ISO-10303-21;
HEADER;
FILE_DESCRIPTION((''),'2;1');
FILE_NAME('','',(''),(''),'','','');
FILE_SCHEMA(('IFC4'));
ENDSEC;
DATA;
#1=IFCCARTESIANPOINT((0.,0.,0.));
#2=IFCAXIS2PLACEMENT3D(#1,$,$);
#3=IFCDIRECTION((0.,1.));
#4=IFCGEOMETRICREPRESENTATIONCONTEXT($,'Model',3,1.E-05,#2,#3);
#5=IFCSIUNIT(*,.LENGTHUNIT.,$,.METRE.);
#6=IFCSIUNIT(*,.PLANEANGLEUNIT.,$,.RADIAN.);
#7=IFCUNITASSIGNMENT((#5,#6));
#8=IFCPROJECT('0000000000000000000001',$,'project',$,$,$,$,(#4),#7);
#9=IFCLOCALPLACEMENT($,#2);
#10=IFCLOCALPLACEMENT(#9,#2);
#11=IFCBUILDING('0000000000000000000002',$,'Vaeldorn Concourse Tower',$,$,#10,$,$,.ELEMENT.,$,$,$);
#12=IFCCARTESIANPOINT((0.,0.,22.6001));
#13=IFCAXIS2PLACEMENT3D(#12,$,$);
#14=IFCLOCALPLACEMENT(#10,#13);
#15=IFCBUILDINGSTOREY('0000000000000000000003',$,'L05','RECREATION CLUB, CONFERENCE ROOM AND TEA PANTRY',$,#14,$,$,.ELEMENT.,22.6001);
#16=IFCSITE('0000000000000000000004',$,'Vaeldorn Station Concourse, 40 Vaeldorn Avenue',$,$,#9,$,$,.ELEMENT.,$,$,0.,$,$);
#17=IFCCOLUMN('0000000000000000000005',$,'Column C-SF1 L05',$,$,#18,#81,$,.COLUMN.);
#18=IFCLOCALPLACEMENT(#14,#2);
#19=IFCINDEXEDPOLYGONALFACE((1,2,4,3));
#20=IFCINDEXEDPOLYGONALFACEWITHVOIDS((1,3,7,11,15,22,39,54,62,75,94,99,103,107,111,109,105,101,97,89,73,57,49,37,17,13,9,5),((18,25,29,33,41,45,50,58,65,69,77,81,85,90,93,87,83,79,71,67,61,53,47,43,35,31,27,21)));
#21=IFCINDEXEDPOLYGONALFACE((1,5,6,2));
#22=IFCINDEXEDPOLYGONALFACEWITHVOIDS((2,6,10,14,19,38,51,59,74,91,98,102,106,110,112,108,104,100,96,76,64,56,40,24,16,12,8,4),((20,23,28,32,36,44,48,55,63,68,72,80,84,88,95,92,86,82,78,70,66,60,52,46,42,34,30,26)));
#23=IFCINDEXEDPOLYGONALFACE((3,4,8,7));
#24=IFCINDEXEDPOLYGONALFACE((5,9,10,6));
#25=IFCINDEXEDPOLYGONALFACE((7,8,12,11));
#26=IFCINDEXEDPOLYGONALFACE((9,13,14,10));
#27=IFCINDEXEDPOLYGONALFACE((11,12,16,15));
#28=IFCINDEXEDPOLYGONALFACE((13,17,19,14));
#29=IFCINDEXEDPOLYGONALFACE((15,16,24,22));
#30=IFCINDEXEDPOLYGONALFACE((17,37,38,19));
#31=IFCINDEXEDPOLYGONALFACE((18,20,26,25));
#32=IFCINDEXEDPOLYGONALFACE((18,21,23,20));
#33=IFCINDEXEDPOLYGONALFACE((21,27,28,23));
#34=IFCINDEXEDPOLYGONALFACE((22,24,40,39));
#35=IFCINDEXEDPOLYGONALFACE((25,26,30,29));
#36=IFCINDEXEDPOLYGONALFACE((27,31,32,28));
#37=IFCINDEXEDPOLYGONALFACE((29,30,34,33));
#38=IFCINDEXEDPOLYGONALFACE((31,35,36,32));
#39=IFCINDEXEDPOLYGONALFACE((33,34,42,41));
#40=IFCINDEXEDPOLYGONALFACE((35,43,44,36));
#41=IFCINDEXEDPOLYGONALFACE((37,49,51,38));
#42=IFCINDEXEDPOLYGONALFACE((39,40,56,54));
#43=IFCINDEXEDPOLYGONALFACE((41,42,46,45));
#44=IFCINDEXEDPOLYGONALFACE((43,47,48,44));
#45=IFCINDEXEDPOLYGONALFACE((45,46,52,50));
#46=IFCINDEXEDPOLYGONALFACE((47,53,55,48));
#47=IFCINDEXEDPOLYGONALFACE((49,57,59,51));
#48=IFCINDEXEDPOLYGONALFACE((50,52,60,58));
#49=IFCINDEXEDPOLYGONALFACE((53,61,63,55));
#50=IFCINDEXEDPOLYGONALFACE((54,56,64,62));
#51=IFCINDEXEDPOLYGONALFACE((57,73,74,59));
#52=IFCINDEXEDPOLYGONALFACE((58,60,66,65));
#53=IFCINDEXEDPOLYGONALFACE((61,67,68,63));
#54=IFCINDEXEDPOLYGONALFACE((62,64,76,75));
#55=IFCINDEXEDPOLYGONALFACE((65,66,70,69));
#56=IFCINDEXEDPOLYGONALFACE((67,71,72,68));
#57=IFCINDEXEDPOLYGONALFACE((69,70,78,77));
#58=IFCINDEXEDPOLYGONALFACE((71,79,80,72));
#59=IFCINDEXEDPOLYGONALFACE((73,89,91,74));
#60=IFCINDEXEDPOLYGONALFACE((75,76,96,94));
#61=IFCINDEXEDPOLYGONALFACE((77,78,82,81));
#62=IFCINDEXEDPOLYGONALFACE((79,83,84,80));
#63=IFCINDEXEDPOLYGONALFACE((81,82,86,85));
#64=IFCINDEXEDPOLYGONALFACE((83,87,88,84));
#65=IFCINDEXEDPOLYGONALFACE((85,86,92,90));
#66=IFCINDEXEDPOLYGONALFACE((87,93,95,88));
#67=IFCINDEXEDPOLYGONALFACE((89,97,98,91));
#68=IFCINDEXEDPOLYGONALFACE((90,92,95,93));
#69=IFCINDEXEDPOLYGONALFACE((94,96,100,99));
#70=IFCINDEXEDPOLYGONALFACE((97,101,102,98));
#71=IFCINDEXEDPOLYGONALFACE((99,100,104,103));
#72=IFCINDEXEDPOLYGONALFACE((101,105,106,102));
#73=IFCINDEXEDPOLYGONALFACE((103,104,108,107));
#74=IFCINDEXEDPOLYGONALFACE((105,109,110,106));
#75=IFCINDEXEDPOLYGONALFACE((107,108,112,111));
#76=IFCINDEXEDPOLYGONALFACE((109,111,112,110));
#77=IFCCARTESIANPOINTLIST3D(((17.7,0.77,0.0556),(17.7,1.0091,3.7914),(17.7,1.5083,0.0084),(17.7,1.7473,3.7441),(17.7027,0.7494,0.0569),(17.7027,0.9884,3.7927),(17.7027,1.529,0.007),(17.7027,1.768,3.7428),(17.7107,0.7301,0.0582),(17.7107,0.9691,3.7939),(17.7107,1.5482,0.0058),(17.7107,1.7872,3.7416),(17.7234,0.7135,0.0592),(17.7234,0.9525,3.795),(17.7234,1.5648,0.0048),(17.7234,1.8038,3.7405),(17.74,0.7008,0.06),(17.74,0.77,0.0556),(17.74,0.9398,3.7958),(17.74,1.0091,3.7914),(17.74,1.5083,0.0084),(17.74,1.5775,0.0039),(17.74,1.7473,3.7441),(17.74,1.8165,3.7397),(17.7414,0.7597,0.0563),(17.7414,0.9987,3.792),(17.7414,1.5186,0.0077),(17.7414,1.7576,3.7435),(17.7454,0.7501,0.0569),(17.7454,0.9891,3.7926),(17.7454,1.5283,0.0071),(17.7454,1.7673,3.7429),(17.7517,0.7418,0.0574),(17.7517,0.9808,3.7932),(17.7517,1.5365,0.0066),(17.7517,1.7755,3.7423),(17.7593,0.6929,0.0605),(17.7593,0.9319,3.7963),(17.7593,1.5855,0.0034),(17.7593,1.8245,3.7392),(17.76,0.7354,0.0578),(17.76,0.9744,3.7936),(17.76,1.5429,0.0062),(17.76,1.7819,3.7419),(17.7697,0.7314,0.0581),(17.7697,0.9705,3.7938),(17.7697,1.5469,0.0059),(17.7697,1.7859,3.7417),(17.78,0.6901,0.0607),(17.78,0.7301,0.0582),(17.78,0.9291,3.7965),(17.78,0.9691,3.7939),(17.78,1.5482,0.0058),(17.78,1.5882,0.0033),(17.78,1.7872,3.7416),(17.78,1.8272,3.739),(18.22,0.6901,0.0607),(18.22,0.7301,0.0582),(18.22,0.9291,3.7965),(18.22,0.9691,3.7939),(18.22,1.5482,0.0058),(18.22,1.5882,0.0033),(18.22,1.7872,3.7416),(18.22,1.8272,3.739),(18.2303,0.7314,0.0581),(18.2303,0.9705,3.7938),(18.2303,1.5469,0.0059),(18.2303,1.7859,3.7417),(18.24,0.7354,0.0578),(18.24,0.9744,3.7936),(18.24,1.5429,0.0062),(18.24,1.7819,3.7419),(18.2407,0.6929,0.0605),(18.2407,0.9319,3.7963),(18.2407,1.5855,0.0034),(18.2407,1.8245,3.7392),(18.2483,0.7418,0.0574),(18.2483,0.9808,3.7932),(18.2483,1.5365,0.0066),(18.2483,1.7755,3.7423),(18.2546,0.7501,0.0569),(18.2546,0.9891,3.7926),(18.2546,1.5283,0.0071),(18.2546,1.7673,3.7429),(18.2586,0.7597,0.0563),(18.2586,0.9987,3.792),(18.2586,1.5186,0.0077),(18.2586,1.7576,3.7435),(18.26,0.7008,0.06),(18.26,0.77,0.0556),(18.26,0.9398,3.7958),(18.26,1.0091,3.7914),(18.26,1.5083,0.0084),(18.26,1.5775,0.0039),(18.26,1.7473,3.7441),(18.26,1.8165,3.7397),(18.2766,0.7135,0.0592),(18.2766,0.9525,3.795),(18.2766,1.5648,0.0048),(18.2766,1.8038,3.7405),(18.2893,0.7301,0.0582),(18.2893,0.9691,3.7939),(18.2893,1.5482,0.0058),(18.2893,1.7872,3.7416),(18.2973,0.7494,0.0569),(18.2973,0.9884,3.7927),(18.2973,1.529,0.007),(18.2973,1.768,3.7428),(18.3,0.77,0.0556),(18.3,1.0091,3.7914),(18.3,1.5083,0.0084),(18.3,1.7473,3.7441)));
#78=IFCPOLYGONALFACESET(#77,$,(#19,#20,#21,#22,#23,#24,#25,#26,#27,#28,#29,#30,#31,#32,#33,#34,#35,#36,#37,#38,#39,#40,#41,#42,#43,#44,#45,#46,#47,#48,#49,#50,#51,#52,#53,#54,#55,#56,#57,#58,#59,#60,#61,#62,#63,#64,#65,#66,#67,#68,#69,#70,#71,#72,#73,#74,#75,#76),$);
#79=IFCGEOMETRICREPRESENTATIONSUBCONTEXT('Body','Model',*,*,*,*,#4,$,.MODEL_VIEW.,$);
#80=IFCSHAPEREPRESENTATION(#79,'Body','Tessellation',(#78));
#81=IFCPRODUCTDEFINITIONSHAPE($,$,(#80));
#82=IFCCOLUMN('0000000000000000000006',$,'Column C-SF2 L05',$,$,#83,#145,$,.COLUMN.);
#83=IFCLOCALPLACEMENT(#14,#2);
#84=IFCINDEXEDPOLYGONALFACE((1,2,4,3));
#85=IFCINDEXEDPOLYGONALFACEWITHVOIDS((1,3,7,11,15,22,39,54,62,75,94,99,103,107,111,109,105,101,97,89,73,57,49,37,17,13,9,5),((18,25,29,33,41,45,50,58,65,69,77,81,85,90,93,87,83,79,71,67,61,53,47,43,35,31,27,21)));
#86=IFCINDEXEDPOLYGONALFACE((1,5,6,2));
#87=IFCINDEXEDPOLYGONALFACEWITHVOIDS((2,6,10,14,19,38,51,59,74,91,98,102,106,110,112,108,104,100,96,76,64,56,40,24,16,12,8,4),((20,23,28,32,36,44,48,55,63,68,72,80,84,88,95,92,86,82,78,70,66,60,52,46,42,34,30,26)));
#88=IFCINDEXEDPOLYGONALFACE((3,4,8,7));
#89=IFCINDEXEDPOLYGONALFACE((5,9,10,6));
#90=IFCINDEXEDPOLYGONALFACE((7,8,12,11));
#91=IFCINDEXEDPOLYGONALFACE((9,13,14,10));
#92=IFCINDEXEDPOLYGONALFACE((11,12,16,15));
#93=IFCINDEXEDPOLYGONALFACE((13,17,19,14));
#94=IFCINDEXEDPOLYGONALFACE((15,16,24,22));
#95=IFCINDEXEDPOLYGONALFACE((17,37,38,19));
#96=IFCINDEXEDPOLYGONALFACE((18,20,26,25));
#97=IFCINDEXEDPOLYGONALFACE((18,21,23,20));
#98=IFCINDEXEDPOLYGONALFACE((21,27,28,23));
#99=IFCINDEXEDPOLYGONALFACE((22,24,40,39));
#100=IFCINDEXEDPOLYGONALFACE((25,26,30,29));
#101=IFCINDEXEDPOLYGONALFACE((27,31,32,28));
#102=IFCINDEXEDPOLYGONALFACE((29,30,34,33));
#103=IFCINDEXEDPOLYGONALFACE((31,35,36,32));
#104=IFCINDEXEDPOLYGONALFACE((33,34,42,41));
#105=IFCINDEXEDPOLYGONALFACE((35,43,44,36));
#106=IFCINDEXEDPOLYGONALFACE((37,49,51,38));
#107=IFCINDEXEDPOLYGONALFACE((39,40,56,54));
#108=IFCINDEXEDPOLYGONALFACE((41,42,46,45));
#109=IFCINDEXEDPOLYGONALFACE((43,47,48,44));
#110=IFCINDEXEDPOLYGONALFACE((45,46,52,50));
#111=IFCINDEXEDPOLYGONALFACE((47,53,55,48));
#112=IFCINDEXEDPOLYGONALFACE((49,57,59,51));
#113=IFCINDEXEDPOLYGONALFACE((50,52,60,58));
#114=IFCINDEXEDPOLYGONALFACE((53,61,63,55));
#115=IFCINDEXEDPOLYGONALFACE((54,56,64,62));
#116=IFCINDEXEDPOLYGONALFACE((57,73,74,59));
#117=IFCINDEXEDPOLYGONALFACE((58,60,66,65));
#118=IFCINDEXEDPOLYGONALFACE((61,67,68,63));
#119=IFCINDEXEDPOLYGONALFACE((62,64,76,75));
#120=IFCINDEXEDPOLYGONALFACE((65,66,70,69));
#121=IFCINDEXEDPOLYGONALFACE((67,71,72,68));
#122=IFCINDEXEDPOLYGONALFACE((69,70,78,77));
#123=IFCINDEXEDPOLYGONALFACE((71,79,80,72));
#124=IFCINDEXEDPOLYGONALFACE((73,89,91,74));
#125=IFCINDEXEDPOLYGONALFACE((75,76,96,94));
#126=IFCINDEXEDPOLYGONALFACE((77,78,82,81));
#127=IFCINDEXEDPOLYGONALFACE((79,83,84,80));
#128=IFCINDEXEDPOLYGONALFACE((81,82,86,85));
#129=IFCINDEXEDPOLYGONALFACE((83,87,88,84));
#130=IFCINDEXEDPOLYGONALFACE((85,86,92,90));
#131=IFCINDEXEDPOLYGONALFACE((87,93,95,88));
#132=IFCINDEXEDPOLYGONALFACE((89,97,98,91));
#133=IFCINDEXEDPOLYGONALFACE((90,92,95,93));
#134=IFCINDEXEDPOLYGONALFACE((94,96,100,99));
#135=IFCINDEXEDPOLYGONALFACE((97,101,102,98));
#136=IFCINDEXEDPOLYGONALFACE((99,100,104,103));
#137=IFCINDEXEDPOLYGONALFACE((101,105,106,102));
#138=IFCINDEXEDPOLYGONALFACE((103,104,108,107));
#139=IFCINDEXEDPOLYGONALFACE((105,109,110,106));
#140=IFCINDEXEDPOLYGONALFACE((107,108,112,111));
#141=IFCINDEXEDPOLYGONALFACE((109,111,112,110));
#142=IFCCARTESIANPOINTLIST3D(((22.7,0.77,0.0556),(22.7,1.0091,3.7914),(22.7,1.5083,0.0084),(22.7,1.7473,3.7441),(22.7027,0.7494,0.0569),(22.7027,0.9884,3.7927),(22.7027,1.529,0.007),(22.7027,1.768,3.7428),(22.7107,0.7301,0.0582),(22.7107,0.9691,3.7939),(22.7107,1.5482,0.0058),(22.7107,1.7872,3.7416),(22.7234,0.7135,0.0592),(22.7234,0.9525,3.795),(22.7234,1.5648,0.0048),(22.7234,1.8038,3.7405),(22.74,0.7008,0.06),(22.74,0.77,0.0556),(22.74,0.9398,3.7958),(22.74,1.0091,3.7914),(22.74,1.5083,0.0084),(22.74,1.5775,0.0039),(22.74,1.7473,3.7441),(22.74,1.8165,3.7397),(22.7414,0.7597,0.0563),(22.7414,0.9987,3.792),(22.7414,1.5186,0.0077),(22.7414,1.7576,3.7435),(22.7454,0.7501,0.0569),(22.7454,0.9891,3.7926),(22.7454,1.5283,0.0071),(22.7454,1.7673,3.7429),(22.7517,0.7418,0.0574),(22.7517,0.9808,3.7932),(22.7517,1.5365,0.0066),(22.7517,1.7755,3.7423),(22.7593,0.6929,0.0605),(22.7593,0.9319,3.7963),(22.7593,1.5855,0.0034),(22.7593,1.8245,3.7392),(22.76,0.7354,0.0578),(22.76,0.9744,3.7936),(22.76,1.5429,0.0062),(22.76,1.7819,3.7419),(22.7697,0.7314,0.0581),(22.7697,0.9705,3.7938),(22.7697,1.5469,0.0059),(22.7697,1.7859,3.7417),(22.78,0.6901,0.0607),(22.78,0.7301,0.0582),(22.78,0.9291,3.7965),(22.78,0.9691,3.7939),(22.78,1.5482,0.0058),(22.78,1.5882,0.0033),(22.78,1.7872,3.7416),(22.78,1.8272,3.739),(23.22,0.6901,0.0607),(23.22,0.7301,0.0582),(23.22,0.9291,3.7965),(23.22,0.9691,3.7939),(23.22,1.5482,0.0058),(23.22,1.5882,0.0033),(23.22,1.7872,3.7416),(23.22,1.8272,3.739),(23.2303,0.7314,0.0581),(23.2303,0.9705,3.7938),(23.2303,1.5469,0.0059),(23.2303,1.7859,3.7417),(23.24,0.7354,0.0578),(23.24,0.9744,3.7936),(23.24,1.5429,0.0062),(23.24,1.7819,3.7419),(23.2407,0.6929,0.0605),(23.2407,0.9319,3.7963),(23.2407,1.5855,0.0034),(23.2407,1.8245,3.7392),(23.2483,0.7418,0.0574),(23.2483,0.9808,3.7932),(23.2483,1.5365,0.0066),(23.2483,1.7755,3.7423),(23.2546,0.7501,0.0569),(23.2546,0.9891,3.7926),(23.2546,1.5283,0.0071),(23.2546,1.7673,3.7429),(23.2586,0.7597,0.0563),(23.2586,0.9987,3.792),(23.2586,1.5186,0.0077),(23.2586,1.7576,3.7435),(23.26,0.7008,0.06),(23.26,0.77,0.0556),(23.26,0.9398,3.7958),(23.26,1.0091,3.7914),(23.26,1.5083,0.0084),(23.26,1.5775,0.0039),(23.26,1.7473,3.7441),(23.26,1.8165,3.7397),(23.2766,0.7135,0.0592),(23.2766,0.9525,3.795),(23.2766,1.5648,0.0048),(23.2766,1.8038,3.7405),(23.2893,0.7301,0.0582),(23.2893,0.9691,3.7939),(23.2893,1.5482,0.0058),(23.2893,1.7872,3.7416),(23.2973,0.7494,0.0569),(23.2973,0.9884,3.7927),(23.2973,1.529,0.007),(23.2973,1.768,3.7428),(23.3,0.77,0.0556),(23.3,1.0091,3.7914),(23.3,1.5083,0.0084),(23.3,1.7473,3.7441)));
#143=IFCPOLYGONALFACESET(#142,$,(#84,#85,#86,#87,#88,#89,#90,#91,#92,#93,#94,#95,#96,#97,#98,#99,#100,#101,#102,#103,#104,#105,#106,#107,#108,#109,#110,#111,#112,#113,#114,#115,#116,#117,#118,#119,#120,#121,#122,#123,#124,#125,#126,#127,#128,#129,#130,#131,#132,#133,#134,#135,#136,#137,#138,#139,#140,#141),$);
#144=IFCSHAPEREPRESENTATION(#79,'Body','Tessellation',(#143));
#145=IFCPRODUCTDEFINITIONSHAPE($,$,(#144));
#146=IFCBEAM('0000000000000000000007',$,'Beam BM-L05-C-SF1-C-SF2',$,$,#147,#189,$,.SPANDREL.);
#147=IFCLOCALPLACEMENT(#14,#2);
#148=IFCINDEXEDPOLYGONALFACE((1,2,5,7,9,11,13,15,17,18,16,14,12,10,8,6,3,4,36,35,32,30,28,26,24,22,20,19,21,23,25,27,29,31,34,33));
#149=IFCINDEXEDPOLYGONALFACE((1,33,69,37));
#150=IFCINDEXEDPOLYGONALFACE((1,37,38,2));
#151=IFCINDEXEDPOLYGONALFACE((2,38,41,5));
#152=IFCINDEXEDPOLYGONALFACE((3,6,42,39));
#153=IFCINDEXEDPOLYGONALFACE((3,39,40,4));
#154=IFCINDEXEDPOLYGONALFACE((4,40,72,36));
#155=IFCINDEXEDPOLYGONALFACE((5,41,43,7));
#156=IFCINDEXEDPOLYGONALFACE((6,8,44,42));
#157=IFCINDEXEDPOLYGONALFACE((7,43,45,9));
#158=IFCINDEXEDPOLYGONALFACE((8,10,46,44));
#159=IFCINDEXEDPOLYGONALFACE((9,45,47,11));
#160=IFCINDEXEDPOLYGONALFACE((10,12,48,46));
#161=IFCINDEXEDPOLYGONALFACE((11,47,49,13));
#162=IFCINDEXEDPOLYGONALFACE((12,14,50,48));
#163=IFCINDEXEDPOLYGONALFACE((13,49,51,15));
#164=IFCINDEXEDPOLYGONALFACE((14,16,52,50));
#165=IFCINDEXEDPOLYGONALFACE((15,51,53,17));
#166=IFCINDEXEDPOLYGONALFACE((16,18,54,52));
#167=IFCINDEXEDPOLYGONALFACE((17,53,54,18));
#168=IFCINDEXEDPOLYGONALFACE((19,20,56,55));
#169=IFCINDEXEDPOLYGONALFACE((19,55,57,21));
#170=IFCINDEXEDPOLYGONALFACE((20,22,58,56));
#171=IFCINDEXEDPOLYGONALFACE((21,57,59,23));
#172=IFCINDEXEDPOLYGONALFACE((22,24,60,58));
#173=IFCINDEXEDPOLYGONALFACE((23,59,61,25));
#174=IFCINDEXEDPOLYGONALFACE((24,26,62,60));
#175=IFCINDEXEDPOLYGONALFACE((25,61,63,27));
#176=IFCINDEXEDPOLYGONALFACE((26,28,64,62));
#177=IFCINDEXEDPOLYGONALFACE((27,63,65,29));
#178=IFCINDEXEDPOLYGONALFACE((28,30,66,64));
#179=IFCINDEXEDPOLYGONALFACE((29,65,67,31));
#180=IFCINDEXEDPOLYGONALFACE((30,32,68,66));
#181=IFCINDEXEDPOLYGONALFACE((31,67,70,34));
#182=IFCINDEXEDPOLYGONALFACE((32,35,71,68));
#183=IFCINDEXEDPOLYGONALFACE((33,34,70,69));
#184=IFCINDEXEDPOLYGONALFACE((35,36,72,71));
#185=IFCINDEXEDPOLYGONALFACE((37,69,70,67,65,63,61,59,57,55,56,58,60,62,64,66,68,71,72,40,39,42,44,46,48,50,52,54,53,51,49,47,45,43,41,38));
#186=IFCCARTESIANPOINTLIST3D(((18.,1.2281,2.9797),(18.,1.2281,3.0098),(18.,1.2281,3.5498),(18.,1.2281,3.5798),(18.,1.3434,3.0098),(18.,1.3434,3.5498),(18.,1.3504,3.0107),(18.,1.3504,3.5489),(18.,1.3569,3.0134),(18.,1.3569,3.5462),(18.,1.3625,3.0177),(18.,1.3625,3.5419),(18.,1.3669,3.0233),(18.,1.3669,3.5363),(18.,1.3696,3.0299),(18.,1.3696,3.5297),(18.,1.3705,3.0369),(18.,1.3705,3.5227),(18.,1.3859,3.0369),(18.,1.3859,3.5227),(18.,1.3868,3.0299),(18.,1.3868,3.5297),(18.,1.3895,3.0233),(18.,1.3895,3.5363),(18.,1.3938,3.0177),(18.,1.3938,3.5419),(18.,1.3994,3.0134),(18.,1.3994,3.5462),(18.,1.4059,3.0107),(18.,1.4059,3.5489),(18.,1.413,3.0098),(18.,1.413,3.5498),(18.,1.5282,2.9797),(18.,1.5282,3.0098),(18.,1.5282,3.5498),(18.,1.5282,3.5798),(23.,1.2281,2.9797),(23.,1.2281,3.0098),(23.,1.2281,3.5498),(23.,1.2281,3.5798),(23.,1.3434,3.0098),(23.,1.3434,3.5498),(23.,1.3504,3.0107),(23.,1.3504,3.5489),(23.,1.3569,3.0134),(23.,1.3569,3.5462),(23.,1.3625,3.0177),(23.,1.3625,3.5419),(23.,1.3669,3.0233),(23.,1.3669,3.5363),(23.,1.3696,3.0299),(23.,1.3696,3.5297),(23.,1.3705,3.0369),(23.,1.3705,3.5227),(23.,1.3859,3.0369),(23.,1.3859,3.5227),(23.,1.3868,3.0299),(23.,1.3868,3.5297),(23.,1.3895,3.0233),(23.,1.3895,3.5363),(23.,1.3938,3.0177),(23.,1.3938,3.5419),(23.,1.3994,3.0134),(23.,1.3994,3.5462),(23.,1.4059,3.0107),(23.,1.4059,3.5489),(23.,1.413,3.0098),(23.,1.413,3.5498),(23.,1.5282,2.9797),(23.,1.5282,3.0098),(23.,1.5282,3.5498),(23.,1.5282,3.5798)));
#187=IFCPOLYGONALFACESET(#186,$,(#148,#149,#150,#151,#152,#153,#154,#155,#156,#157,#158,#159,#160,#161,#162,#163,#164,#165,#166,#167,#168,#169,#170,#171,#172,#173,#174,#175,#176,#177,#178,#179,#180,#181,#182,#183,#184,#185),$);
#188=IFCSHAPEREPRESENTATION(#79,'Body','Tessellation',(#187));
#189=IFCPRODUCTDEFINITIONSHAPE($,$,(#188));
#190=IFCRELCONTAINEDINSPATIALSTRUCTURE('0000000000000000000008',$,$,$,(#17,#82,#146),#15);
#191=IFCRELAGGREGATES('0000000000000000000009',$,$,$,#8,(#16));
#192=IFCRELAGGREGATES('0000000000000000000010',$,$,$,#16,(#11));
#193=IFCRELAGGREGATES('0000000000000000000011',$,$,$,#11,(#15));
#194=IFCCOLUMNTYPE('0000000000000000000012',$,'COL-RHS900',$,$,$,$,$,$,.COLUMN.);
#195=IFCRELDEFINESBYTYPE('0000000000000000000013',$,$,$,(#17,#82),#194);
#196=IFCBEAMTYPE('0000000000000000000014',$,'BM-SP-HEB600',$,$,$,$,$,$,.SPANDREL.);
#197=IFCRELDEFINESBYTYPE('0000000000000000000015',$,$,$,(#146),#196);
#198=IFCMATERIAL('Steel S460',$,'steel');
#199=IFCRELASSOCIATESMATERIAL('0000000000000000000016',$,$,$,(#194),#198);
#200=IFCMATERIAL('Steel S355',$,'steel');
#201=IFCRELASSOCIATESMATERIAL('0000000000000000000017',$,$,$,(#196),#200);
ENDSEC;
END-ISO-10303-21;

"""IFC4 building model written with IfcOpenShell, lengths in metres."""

from ifc_helpers import new_model, si_unit, direction, frame, origin, origin_2d, place, context, subcontext, project, spatial, hollow_rectangle, i_section, extrude, source, transform, mapped, material, material_profile, profile_set, type_object, element, save


model = new_model("IFC4")

# Units and contexts
model_context = context("Model", 3, precision=1e-05, world=origin(), true_north=direction((0.0, 1.0)))
body_context = subcontext(model_context, "Body", "Model", "MODEL_VIEW")
ifc_project = project(units=[si_unit("LENGTHUNIT", "METRE"), si_unit("PLANEANGLEUNIT", "RADIAN")], contexts=[model_context])

# Site, building, storey
site_placement = place(None, origin())
site = spatial("IfcSite", under=ifc_project, at=site_placement, Name="Vaeldorn Station Concourse, 40 Vaeldorn Avenue", CompositionType="ELEMENT", RefElevation=0.0)
building_placement = place(site_placement, origin())
building = spatial("IfcBuilding", under=site, at=building_placement, Name="Vaeldorn Concourse Tower", CompositionType="ELEMENT")
storey_placement = place(building_placement, frame((0.0, 0.0, 22.6001)))
storey = spatial("IfcBuildingStorey", under=building, at=storey_placement, Name="L05", Description="RECREATION CLUB, CONFERENCE ROOM AND TEA PANTRY", CompositionType="ELEMENT", Elevation=22.6001)

# Columns
ifc_material_1 = material(Name="Steel S460", Category="steel")
ifc_material_profile_1 = material_profile(ifc_material_1, hollow_rectangle(XDim=0.6001, YDim=0.8999, WallThickness=0.04, InnerFilletRadius=0.04, OuterFilletRadius=0.0801, at=origin_2d()), Name="RHS 900x600x40")
ifc_profile_set_1 = profile_set([ifc_material_profile_1], Name="Steel S460")
column_type = type_object("IfcColumnType", Name="COL-RHS900", PredefinedType="COLUMN", material=ifc_profile_set_1)
shared_shape_1 = source(origin(), body_context, "Body", "SweptSolid", [
    extrude(hollow_rectangle(XDim=0.6001, YDim=0.8999, WallThickness=0.04, InnerFilletRadius=0.04, OuterFilletRadius=0.0801, at=origin_2d()), origin(), (0.0, 0.0, 1.0), 3.7434),
])
for number, where, z_axis, x_axis, name in (
    (1, (18.0, 1.1392, 0.032), (0.0, 0.063848, 0.99796), (-1.0, 0.0, 0.0), "Column C-SF1 L05"),
    (2, (23.0, 1.1392, 0.032), (0.0, 0.063848, 0.99796), (-1.0, 0.0, 0.0), "Column C-SF2 L05"),
):
    element("IfcColumn", number, at=place(storey_placement, frame(where, z_axis=z_axis, x_axis=x_axis)), inside=storey, type_object=column_type, Name=name, PredefinedType="COLUMN", context=body_context, shape_type="MappedRepresentation", body=[
        mapped(shared_shape_1, transform((0.0, 0.0, 0.0), scale=1.0)),
    ])

# Beam
ifc_material_2 = material(Name="Steel S355", Category="steel")
ifc_material_profile_2 = material_profile(ifc_material_2, i_section(OverallWidth=0.3, OverallDepth=0.6001, WebThickness=0.0154, FlangeThickness=0.03, FilletRadius=0.0271, at=origin_2d()), Name="HEB 600")
ifc_profile_set_2 = profile_set([ifc_material_profile_2], Name="Steel S355")
beam_type_1 = type_object("IfcBeamType", Name="BM-SP-HEB600", PredefinedType="SPANDREL", material=ifc_profile_set_2)
shared_shape_2 = source(origin(), body_context, "Body", "SweptSolid", [
    extrude(i_section(OverallWidth=0.3, OverallDepth=0.6001, WebThickness=0.0154, FlangeThickness=0.03, FilletRadius=0.0271, at=origin_2d()), origin(), (0.0, 0.0, 1.0), 5.0),
])
beam_1_placement = place(storey_placement, frame((18.0, 1.3782, 3.2798), z_axis=(1.0, 0.0, 0.0), x_axis=(0.0, 1.0, 0.0)))
element("IfcBeam", 3, at=beam_1_placement, inside=storey, type_object=beam_type_1, Name="Beam BM-L05-C-SF1-C-SF2", PredefinedType="SPANDREL", context=body_context, shape_type="MappedRepresentation", body=[
    mapped(shared_shape_2, transform((0.0, 0.0, 0.0), scale=1.0)),
])

save(model, "model.ifc")
